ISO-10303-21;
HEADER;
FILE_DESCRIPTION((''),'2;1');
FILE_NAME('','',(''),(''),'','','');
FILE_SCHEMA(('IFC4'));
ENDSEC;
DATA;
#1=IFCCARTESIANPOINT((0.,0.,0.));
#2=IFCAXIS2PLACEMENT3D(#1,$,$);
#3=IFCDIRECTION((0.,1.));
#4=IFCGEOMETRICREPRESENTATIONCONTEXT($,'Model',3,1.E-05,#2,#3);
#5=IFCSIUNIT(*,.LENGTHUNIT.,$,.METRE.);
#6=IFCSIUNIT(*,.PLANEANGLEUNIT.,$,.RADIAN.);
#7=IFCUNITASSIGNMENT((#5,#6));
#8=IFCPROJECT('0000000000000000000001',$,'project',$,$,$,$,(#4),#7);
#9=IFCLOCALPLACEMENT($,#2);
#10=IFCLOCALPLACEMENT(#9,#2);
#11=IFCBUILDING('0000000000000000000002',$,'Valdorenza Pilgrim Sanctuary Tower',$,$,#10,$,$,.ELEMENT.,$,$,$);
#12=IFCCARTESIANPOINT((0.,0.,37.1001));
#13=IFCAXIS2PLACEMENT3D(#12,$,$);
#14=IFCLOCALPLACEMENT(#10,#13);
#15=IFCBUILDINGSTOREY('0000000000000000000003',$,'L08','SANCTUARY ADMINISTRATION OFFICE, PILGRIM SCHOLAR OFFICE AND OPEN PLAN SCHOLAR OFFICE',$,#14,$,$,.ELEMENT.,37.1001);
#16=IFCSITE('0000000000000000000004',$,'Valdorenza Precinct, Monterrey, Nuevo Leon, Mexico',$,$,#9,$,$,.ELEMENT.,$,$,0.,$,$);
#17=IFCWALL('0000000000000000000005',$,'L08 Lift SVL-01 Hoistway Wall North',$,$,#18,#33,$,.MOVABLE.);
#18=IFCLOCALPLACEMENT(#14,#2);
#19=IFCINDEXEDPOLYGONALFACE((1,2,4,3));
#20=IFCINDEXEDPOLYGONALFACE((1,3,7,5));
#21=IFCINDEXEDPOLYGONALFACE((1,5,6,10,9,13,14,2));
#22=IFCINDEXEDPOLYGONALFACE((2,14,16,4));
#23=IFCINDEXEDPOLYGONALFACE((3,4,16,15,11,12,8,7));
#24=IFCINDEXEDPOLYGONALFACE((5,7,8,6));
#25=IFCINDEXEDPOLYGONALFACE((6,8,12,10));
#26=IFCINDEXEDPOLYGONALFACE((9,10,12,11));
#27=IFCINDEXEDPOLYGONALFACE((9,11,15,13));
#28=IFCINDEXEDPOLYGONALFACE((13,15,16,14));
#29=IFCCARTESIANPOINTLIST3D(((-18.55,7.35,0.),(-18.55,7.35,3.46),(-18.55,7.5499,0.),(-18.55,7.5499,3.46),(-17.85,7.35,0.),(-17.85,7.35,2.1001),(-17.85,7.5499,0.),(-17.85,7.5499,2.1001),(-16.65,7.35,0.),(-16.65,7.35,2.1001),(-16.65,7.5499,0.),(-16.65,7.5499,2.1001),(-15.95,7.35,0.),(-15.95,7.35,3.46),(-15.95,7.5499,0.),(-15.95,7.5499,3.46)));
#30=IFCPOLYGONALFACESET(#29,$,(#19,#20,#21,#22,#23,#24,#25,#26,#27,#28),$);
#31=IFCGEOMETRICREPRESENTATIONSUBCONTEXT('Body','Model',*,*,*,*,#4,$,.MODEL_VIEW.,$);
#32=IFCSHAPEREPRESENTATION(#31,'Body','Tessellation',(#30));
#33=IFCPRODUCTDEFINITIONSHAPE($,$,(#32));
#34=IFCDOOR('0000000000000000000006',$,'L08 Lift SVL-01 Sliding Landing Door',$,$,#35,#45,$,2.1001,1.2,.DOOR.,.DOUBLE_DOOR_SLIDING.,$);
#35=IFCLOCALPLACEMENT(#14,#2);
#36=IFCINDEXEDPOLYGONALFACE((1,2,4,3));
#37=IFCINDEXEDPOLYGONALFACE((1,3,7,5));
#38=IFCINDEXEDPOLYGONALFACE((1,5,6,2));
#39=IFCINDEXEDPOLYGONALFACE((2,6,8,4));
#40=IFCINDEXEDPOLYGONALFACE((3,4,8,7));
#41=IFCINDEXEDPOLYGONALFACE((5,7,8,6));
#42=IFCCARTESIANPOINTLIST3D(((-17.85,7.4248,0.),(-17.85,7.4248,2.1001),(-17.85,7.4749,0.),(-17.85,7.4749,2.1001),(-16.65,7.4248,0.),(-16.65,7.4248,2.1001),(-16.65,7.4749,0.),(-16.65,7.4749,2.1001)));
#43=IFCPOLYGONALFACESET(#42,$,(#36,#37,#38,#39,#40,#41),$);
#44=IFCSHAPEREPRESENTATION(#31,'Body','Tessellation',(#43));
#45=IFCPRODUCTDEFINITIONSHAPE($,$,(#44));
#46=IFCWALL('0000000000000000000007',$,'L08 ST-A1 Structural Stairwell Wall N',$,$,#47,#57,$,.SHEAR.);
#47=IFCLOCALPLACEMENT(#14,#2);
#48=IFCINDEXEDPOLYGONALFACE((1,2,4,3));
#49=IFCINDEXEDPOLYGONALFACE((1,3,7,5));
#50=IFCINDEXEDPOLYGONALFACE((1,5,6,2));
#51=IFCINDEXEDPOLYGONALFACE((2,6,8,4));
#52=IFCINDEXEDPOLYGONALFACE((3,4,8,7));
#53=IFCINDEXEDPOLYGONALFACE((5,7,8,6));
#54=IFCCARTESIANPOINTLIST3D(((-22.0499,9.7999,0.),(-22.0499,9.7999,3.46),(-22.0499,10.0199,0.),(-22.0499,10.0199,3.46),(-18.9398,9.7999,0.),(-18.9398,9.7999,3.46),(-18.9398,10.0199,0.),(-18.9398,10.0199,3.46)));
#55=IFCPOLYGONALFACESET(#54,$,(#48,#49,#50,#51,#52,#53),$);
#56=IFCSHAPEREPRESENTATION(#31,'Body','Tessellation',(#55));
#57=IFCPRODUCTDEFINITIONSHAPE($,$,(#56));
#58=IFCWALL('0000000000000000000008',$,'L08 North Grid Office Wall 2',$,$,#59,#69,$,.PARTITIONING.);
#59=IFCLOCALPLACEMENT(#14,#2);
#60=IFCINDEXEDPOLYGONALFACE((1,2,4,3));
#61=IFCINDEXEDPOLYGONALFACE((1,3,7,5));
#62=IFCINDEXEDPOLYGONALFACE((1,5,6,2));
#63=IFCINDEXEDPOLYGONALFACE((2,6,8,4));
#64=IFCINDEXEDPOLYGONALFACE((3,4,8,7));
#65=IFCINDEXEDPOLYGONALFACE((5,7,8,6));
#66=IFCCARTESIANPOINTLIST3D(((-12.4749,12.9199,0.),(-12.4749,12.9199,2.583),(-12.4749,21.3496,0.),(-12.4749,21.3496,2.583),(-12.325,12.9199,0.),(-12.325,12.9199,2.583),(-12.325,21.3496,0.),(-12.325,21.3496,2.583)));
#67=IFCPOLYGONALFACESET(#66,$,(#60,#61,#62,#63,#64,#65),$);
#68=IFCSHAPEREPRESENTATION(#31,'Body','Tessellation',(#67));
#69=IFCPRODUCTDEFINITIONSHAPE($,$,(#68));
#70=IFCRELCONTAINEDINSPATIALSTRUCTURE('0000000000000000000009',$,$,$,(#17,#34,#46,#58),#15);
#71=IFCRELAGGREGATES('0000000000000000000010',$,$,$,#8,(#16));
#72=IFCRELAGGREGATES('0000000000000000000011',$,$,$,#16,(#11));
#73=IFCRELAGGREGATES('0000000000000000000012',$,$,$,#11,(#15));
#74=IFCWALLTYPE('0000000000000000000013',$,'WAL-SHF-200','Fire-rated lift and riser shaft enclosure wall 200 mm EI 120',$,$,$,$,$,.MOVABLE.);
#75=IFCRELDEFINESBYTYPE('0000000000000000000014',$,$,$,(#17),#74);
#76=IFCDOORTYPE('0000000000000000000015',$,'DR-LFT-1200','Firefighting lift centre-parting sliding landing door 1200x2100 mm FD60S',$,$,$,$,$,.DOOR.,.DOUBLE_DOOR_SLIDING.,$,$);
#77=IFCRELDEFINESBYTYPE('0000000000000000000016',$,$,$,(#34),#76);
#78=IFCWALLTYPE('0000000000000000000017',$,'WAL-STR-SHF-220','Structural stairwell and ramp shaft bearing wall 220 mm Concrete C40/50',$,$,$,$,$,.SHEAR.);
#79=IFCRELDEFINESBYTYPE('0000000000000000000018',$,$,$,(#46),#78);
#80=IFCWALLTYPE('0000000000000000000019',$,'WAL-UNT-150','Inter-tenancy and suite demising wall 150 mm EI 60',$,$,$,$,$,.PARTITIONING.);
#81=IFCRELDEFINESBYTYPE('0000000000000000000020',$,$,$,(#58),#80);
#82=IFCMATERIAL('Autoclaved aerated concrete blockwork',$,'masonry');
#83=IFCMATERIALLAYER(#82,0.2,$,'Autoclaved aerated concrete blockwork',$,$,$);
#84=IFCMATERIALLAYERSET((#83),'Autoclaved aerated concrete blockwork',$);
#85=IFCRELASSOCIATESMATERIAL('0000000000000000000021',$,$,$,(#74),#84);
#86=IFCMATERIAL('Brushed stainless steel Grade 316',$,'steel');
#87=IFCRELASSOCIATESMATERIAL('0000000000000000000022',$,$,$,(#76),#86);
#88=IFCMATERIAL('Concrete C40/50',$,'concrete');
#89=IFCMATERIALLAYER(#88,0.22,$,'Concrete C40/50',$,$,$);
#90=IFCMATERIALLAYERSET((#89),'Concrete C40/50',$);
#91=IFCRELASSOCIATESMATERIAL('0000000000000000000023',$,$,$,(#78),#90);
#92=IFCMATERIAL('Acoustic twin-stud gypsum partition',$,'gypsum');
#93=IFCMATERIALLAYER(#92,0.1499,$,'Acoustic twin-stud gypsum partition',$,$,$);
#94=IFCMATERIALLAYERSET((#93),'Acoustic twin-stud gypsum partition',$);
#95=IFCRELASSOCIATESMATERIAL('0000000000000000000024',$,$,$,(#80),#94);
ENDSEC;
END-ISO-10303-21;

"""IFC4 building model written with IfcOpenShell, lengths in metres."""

from ifc_helpers import new_model, si_unit, direction, frame, frame_2d, origin, place, context, subcontext, project, spatial, rectangle, extrude, material, layer, layer_set, type_object, element, fill, save


model = new_model("IFC4")

# Units and contexts
model_context = context("Model", 3, precision=1e-05, world=origin(), true_north=direction((0.0, 1.0)))
body_context = subcontext(model_context, "Body", "Model", "MODEL_VIEW")
ifc_project = project(units=[si_unit("LENGTHUNIT", "METRE"), si_unit("PLANEANGLEUNIT", "RADIAN")], contexts=[model_context])

# Site, building, storey
site_placement = place(None, origin())
site = spatial("IfcSite", under=ifc_project, at=site_placement, Name="Valdorenza Precinct, Monterrey, Nuevo Leon, Mexico", CompositionType="ELEMENT", RefElevation=0.0)
building_placement = place(site_placement, origin())
building = spatial("IfcBuilding", under=site, at=building_placement, Name="Valdorenza Pilgrim Sanctuary Tower", CompositionType="ELEMENT")
storey_placement = place(building_placement, frame((0.0, 0.0, 37.1001)))
storey = spatial("IfcBuildingStorey", under=building, at=storey_placement, Name="L08", Description="SANCTUARY ADMINISTRATION OFFICE, PILGRIM SCHOLAR OFFICE AND OPEN PLAN SCHOLAR OFFICE", CompositionType="ELEMENT", Elevation=37.1001)

# Shared definitions
ifc_material_1 = material(Name="Acoustic twin-stud gypsum partition", Category="gypsum")

# Wall, opening, door
ifc_material_2 = material(Name="Autoclaved aerated concrete blockwork", Category="masonry")
ifc_layer_1 = layer(ifc_material_2, 0.2, Name="Autoclaved aerated concrete blockwork")
ifc_layer_set_1 = layer_set([ifc_layer_1], Name="Autoclaved aerated concrete blockwork")
wall_type_1 = type_object("IfcWallType", Name="WAL-SHF-200", Description="Fire-rated lift and riser shaft enclosure wall 200 mm EI 120", PredefinedType="MOVABLE", material=ifc_layer_set_1)
wall_1_placement = place(storey_placement, frame((-18.55, 7.45, 0.0), z_axis=(0.0, 0.0, 1.0), x_axis=(1.0, 0.0, 0.0)))
wall_1 = element("IfcWall", 1, at=wall_1_placement, inside=storey, type_object=wall_type_1, Name="L08 Lift SVL-01 Hoistway Wall North", PredefinedType="MOVABLE", context=body_context, shape_type="SweptSolid", body=[
    extrude(rectangle(XDim=2.6001, YDim=0.2, at=frame_2d((1.3, 0.0))), origin(), (0.0, 0.0, 1.0), 3.46),
])
opening_1_placement = place(wall_1_placement, frame((0.7, 0.0, 0.0)))
opening_1 = element("IfcOpeningElement", 2, at=opening_1_placement, cuts=wall_1, PredefinedType="OPENING", context=body_context, shape_type="SweptSolid", body=[
    extrude(rectangle(XDim=1.2, YDim=2.1001, at=frame_2d((0.6001, 1.05))), frame((0.0, 0.1147, 0.0), z_axis=(0.0, -1.0, 0.0), x_axis=(1.0, 0.0, 0.0)), (0.0, 0.0, 1.0), 0.2297),
])
ifc_material_3 = material(Name="Brushed stainless steel Grade 316", Category="steel")
door_type_1 = type_object("IfcDoorType", Name="DR-LFT-1200", Description="Firefighting lift centre-parting sliding landing door 1200x2100 mm FD60S", OperationType="DOUBLE_DOOR_SLIDING", PredefinedType="DOOR", material=ifc_material_3)
door_1_placement = place(opening_1_placement, origin())
door_1 = element("IfcDoor", 3, at=door_1_placement, inside=storey, type_object=door_type_1, Name="L08 Lift SVL-01 Sliding Landing Door", OperationType="DOUBLE_DOOR_SLIDING", OverallHeight=2.1001, OverallWidth=1.2, PredefinedType="DOOR", context=body_context, shape_type="SweptSolid", body=[
    extrude(rectangle(XDim=1.2, YDim=2.1001, at=frame_2d((0.6001, 1.05))), frame((0.0, 0.0249, 0.0), z_axis=(0.0, -1.0, 0.0), x_axis=(1.0, 0.0, 0.0)), (0.0, 0.0, 1.0), 0.05),
])
fill(opening_1, door_1)

# Walls
ifc_material_4 = material(Name="Concrete C40/50", Category="concrete")
ifc_layer_2 = layer(ifc_material_4, 0.22, Name="Concrete C40/50")
ifc_layer_set_2 = layer_set([ifc_layer_2], Name="Concrete C40/50")
wall_type_2 = type_object("IfcWallType", Name="WAL-STR-SHF-220", Description="Structural stairwell and ramp shaft bearing wall 220 mm Concrete C40/50", PredefinedType="SHEAR", material=ifc_layer_set_2)
wall_2_placement = place(storey_placement, frame((-22.05, 9.9099, 0.0), z_axis=(0.0, 0.0, 1.0), x_axis=(1.0, 0.0, 0.0)))
element("IfcWall", 4, at=wall_2_placement, inside=storey, type_object=wall_type_2, Name="L08 ST-A1 Structural Stairwell Wall N", PredefinedType="SHEAR", context=body_context, shape_type="SweptSolid", body=[
    extrude(rectangle(XDim=3.1101, YDim=0.22, at=frame_2d((1.5552, 0.0))), origin(), (0.0, 0.0, 1.0), 3.46),
])
ifc_layer_3 = layer(ifc_material_1, 0.1499, Name="Acoustic twin-stud gypsum partition")
ifc_layer_set_3 = layer_set([ifc_layer_3], Name="Acoustic twin-stud gypsum partition")
wall_type_3 = type_object("IfcWallType", Name="WAL-UNT-150", Description="Inter-tenancy and suite demising wall 150 mm EI 60", PredefinedType="PARTITIONING", material=ifc_layer_set_3)
wall_3_placement = place(storey_placement, frame((-12.3999, 12.9199, 0.0), z_axis=(0.0, 0.0, 1.0), x_axis=(0.0, 1.0, 0.0)))
element("IfcWall", 5, at=wall_3_placement, inside=storey, type_object=wall_type_3, Name="L08 North Grid Office Wall 2", PredefinedType="PARTITIONING", context=body_context, shape_type="SweptSolid", body=[
    extrude(rectangle(XDim=8.4297, YDim=0.1499, at=frame_2d((4.2148, 0.0))), origin(), (0.0, 0.0, 1.0), 2.583),
])

save(model, "model.ifc")
